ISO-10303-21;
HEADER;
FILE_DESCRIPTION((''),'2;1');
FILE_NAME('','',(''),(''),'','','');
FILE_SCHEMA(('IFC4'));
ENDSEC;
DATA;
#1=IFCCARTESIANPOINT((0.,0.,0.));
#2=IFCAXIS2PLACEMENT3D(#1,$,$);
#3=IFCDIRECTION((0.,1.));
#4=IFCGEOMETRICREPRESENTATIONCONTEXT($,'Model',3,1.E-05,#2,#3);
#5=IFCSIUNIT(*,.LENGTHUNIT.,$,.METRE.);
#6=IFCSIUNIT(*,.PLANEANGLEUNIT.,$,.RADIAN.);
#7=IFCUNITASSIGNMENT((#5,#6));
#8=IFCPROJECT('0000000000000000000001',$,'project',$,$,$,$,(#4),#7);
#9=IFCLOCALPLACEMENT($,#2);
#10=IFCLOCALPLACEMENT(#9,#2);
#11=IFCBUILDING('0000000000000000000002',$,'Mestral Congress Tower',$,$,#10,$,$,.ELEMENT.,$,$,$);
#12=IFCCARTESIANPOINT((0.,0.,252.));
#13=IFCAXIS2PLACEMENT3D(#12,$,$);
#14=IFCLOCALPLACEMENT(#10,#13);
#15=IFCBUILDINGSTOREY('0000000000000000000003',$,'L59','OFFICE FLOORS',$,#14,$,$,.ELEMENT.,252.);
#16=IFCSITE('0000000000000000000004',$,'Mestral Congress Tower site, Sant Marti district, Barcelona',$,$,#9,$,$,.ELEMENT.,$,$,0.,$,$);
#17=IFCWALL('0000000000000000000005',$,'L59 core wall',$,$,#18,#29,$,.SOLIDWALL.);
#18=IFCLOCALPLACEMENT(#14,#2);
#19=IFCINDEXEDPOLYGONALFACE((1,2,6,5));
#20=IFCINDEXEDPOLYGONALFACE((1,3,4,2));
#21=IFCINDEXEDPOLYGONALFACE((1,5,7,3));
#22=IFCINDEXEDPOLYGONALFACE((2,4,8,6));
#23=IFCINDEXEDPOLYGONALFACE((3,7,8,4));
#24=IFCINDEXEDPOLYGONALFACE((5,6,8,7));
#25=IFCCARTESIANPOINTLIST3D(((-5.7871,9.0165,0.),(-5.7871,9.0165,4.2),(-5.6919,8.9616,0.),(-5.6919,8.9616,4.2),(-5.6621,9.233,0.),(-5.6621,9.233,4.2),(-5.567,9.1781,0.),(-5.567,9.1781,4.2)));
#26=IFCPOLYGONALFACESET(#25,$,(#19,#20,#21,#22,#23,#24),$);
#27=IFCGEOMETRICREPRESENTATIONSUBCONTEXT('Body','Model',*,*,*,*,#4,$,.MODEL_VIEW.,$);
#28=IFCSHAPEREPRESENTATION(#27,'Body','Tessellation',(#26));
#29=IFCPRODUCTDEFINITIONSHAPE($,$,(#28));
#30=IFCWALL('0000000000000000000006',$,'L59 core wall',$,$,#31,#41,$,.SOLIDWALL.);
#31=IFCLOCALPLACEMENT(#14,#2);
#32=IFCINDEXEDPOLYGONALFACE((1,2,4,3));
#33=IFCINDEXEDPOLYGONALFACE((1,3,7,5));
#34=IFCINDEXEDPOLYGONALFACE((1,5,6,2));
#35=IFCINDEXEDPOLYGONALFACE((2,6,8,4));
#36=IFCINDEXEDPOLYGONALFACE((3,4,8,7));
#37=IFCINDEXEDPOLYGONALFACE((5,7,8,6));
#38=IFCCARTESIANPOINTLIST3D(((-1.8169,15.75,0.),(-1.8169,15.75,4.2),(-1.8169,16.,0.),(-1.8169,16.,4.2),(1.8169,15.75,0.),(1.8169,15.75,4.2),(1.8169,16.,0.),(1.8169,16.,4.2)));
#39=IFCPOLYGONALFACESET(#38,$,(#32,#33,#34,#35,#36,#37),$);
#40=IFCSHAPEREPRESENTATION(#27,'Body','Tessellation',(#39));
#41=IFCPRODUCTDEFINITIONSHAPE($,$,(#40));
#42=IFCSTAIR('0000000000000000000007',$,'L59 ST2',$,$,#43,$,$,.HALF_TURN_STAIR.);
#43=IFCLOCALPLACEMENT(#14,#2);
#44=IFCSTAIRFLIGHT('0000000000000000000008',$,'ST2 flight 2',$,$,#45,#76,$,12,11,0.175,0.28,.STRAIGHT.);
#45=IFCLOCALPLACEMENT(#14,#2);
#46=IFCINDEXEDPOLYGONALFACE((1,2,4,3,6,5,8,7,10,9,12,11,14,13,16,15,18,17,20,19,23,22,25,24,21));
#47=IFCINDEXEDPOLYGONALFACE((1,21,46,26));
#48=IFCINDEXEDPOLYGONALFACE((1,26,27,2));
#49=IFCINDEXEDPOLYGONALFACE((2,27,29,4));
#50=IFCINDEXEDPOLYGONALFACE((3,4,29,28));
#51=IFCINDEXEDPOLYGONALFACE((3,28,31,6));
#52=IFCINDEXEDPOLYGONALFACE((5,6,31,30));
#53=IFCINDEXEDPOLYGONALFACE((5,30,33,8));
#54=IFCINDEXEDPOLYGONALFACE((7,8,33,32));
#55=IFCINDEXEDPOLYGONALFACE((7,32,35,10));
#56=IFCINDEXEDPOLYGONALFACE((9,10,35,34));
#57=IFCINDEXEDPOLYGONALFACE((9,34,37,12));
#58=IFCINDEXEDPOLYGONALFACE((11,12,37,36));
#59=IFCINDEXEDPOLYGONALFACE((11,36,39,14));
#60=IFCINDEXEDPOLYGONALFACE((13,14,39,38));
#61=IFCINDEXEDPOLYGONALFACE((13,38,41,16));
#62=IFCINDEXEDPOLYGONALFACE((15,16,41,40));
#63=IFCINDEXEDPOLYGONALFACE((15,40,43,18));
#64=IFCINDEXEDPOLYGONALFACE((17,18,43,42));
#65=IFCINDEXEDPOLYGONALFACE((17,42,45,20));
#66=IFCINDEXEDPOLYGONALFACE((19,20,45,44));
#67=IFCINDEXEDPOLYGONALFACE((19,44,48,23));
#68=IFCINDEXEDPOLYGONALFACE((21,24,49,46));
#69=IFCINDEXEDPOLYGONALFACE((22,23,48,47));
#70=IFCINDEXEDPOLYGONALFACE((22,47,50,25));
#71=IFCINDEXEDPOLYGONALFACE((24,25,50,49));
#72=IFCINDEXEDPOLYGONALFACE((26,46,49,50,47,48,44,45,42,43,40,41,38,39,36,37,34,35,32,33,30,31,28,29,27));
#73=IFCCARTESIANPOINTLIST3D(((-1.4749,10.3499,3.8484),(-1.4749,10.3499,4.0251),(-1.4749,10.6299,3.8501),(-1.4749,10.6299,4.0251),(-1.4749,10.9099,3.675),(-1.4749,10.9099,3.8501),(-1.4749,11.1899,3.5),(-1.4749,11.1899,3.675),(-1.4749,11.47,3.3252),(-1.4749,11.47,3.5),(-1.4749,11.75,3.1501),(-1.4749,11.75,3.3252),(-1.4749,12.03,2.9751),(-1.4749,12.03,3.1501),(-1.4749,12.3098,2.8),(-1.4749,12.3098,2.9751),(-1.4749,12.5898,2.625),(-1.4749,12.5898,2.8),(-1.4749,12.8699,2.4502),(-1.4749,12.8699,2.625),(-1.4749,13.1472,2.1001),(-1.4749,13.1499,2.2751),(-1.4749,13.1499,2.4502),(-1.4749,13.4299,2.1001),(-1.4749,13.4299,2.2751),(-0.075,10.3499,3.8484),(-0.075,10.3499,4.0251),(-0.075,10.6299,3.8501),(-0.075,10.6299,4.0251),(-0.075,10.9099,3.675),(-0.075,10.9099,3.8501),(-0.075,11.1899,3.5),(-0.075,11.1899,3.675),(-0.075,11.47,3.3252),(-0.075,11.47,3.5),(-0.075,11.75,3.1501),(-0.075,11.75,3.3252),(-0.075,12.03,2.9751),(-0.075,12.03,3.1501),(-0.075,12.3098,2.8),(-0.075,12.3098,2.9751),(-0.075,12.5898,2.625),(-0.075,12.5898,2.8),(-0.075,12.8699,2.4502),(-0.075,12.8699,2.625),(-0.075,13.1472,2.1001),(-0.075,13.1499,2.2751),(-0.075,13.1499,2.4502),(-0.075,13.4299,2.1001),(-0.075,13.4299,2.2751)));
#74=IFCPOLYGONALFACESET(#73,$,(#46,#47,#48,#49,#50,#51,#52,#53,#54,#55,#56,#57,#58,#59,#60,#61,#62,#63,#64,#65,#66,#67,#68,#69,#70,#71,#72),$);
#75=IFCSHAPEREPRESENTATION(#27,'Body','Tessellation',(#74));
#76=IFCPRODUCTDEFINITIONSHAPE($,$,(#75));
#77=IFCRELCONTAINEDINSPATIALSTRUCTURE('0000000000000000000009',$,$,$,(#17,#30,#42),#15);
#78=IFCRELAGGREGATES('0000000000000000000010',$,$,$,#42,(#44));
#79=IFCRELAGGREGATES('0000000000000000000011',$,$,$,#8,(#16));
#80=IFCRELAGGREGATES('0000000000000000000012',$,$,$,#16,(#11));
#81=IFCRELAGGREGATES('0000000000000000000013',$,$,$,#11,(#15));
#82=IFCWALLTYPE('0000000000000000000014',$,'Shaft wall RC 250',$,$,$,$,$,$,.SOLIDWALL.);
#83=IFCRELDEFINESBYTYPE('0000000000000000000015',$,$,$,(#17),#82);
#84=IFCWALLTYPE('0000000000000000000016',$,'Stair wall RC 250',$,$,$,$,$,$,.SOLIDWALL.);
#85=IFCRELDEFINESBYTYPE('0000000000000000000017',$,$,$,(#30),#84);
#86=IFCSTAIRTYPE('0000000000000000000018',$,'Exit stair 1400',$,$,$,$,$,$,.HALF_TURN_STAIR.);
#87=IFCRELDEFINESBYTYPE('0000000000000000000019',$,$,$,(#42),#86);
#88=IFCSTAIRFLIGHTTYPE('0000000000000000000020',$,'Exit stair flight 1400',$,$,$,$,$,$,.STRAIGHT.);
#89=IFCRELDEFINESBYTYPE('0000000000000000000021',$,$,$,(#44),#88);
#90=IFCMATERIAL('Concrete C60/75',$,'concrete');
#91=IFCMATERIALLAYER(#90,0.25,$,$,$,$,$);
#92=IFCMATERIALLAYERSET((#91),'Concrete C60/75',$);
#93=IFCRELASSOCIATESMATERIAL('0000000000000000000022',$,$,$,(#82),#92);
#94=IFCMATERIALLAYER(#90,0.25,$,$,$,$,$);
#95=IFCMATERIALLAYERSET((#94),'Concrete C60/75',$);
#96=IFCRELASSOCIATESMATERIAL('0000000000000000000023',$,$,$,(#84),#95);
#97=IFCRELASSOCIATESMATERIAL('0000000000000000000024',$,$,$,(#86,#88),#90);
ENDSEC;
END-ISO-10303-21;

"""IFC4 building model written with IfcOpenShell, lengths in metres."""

from ifc_helpers import new_model, si_unit, direction, frame, frame_2d, origin, place, context, subcontext, project, spatial, polyline, rectangle, outline, extrude, material, layer, layer_set, type_object, element, aggregate, save


model = new_model("IFC4")

# Units and contexts
model_context = context("Model", 3, precision=1e-05, world=origin(), true_north=direction((0.0, 1.0)))
body_context = subcontext(model_context, "Body", "Model", "MODEL_VIEW")
ifc_project = project(units=[si_unit("LENGTHUNIT", "METRE"), si_unit("PLANEANGLEUNIT", "RADIAN")], contexts=[model_context])

# Site, building, storey
site_placement = place(None, origin())
site = spatial("IfcSite", under=ifc_project, at=site_placement, Name="Mestral Congress Tower site, Sant Marti district, Barcelona", CompositionType="ELEMENT", RefElevation=0.0)
building_placement = place(site_placement, origin())
building = spatial("IfcBuilding", under=site, at=building_placement, Name="Mestral Congress Tower", CompositionType="ELEMENT")
storey_placement = place(building_placement, frame((0.0, 0.0, 252.0)))
storey = spatial("IfcBuildingStorey", under=building, at=storey_placement, Name="L59", Description="OFFICE FLOORS", CompositionType="ELEMENT", Elevation=252.0)

# Shared definitions
ifc_material_1 = material(Name="Concrete C60/75", Category="concrete")

# Walls
ifc_layer_1 = layer(ifc_material_1, 0.25)
ifc_layer_set_1 = layer_set([ifc_layer_1], Name="Concrete C60/75")
wall_type_1 = type_object("IfcWallType", Name="Shaft wall RC 250", PredefinedType="SOLIDWALL", material=ifc_layer_set_1)
wall_1_placement = place(storey_placement, frame((-5.7246, 9.1248, 0.0), z_axis=(0.0, 0.0, 1.0), x_axis=(0.866186, -0.499722, 0.0)))
element("IfcWall", 1, at=wall_1_placement, inside=storey, type_object=wall_type_1, Name="L59 core wall", PredefinedType="SOLIDWALL", context=body_context, shape_type="SweptSolid", body=[
    extrude(rectangle(XDim=0.1099, YDim=0.25, at=frame_2d((0.0549, 0.0))), origin(), (0.0, 0.0, 1.0), 4.2),
])
ifc_layer_2 = layer(ifc_material_1, 0.25)
ifc_layer_set_2 = layer_set([ifc_layer_2], Name="Concrete C60/75")
wall_type_2 = type_object("IfcWallType", Name="Stair wall RC 250", PredefinedType="SOLIDWALL", material=ifc_layer_set_2)
wall_2_placement = place(storey_placement, frame((-1.8169, 15.875, 0.0), z_axis=(0.0, 0.0, 1.0), x_axis=(1.0, 0.0, 0.0)))
element("IfcWall", 2, at=wall_2_placement, inside=storey, type_object=wall_type_2, Name="L59 core wall", PredefinedType="SOLIDWALL", context=body_context, shape_type="SweptSolid", body=[
    extrude(rectangle(XDim=3.6338, YDim=0.25, at=frame_2d((1.8169, 0.0))), origin(), (0.0, 0.0, 1.0), 4.2),
])

# Stair, stair flight
stair_type = type_object("IfcStairType", Name="Exit stair 1400", PredefinedType="HALF_TURN_STAIR", material=ifc_material_1)
stair_placement = place(storey_placement, origin())
stair = element("IfcStair", 3, at=stair_placement, inside=storey, type_object=stair_type, Name="L59 ST2", PredefinedType="HALF_TURN_STAIR")
stair_flight_type = type_object("IfcStairFlightType", Name="Exit stair flight 1400", PredefinedType="STRAIGHT", material=ifc_material_1)
stair_flight_placement = place(storey_placement, frame((-0.7749, 13.4299, 2.1001), z_axis=(0.0, 0.0, 1.0), x_axis=(0.0, -1.0, 0.0)))
stair_flight = element("IfcStairFlight", 4, at=stair_flight_placement, type_object=stair_flight_type, Name="ST2 flight 2", NumberOfRisers=12, NumberOfTreads=11, PredefinedType="STRAIGHT", RiserHeight=0.175, TreadLength=0.28, context=body_context, shape_type="SweptSolid", body=[
    extrude(outline(polyline([(0.0, 0.0), (0.0, 0.175), (0.28, 0.175), (0.28, 0.3501), (0.5601, 0.3501), (0.5601, 0.5249), (0.8401, 0.5249), (0.8401, 0.7), (1.1201, 0.7), (1.1201, 0.875), (1.3999, 0.875), (1.3999, 1.05), (1.6799, 1.05), (1.6799, 1.2251), (1.96, 1.2251), (1.96, 1.3999), (2.24, 1.3999), (2.24, 1.575), (2.52, 1.575), (2.52, 1.75), (2.8, 1.75), (2.8, 1.925), (3.0801, 1.925), (3.0801, 2.1001), (3.0801, 1.7483), (0.2827, 0.0), (0.0, 0.0)])), frame((0.0, 0.7, 0.0), z_axis=(0.0, -1.0, 0.0), x_axis=(1.0, 0.0, 0.0)), (0.0, 0.0, 1.0), 1.3999),
])
aggregate(stair, [stair_flight])

save(model, "model.ifc")
